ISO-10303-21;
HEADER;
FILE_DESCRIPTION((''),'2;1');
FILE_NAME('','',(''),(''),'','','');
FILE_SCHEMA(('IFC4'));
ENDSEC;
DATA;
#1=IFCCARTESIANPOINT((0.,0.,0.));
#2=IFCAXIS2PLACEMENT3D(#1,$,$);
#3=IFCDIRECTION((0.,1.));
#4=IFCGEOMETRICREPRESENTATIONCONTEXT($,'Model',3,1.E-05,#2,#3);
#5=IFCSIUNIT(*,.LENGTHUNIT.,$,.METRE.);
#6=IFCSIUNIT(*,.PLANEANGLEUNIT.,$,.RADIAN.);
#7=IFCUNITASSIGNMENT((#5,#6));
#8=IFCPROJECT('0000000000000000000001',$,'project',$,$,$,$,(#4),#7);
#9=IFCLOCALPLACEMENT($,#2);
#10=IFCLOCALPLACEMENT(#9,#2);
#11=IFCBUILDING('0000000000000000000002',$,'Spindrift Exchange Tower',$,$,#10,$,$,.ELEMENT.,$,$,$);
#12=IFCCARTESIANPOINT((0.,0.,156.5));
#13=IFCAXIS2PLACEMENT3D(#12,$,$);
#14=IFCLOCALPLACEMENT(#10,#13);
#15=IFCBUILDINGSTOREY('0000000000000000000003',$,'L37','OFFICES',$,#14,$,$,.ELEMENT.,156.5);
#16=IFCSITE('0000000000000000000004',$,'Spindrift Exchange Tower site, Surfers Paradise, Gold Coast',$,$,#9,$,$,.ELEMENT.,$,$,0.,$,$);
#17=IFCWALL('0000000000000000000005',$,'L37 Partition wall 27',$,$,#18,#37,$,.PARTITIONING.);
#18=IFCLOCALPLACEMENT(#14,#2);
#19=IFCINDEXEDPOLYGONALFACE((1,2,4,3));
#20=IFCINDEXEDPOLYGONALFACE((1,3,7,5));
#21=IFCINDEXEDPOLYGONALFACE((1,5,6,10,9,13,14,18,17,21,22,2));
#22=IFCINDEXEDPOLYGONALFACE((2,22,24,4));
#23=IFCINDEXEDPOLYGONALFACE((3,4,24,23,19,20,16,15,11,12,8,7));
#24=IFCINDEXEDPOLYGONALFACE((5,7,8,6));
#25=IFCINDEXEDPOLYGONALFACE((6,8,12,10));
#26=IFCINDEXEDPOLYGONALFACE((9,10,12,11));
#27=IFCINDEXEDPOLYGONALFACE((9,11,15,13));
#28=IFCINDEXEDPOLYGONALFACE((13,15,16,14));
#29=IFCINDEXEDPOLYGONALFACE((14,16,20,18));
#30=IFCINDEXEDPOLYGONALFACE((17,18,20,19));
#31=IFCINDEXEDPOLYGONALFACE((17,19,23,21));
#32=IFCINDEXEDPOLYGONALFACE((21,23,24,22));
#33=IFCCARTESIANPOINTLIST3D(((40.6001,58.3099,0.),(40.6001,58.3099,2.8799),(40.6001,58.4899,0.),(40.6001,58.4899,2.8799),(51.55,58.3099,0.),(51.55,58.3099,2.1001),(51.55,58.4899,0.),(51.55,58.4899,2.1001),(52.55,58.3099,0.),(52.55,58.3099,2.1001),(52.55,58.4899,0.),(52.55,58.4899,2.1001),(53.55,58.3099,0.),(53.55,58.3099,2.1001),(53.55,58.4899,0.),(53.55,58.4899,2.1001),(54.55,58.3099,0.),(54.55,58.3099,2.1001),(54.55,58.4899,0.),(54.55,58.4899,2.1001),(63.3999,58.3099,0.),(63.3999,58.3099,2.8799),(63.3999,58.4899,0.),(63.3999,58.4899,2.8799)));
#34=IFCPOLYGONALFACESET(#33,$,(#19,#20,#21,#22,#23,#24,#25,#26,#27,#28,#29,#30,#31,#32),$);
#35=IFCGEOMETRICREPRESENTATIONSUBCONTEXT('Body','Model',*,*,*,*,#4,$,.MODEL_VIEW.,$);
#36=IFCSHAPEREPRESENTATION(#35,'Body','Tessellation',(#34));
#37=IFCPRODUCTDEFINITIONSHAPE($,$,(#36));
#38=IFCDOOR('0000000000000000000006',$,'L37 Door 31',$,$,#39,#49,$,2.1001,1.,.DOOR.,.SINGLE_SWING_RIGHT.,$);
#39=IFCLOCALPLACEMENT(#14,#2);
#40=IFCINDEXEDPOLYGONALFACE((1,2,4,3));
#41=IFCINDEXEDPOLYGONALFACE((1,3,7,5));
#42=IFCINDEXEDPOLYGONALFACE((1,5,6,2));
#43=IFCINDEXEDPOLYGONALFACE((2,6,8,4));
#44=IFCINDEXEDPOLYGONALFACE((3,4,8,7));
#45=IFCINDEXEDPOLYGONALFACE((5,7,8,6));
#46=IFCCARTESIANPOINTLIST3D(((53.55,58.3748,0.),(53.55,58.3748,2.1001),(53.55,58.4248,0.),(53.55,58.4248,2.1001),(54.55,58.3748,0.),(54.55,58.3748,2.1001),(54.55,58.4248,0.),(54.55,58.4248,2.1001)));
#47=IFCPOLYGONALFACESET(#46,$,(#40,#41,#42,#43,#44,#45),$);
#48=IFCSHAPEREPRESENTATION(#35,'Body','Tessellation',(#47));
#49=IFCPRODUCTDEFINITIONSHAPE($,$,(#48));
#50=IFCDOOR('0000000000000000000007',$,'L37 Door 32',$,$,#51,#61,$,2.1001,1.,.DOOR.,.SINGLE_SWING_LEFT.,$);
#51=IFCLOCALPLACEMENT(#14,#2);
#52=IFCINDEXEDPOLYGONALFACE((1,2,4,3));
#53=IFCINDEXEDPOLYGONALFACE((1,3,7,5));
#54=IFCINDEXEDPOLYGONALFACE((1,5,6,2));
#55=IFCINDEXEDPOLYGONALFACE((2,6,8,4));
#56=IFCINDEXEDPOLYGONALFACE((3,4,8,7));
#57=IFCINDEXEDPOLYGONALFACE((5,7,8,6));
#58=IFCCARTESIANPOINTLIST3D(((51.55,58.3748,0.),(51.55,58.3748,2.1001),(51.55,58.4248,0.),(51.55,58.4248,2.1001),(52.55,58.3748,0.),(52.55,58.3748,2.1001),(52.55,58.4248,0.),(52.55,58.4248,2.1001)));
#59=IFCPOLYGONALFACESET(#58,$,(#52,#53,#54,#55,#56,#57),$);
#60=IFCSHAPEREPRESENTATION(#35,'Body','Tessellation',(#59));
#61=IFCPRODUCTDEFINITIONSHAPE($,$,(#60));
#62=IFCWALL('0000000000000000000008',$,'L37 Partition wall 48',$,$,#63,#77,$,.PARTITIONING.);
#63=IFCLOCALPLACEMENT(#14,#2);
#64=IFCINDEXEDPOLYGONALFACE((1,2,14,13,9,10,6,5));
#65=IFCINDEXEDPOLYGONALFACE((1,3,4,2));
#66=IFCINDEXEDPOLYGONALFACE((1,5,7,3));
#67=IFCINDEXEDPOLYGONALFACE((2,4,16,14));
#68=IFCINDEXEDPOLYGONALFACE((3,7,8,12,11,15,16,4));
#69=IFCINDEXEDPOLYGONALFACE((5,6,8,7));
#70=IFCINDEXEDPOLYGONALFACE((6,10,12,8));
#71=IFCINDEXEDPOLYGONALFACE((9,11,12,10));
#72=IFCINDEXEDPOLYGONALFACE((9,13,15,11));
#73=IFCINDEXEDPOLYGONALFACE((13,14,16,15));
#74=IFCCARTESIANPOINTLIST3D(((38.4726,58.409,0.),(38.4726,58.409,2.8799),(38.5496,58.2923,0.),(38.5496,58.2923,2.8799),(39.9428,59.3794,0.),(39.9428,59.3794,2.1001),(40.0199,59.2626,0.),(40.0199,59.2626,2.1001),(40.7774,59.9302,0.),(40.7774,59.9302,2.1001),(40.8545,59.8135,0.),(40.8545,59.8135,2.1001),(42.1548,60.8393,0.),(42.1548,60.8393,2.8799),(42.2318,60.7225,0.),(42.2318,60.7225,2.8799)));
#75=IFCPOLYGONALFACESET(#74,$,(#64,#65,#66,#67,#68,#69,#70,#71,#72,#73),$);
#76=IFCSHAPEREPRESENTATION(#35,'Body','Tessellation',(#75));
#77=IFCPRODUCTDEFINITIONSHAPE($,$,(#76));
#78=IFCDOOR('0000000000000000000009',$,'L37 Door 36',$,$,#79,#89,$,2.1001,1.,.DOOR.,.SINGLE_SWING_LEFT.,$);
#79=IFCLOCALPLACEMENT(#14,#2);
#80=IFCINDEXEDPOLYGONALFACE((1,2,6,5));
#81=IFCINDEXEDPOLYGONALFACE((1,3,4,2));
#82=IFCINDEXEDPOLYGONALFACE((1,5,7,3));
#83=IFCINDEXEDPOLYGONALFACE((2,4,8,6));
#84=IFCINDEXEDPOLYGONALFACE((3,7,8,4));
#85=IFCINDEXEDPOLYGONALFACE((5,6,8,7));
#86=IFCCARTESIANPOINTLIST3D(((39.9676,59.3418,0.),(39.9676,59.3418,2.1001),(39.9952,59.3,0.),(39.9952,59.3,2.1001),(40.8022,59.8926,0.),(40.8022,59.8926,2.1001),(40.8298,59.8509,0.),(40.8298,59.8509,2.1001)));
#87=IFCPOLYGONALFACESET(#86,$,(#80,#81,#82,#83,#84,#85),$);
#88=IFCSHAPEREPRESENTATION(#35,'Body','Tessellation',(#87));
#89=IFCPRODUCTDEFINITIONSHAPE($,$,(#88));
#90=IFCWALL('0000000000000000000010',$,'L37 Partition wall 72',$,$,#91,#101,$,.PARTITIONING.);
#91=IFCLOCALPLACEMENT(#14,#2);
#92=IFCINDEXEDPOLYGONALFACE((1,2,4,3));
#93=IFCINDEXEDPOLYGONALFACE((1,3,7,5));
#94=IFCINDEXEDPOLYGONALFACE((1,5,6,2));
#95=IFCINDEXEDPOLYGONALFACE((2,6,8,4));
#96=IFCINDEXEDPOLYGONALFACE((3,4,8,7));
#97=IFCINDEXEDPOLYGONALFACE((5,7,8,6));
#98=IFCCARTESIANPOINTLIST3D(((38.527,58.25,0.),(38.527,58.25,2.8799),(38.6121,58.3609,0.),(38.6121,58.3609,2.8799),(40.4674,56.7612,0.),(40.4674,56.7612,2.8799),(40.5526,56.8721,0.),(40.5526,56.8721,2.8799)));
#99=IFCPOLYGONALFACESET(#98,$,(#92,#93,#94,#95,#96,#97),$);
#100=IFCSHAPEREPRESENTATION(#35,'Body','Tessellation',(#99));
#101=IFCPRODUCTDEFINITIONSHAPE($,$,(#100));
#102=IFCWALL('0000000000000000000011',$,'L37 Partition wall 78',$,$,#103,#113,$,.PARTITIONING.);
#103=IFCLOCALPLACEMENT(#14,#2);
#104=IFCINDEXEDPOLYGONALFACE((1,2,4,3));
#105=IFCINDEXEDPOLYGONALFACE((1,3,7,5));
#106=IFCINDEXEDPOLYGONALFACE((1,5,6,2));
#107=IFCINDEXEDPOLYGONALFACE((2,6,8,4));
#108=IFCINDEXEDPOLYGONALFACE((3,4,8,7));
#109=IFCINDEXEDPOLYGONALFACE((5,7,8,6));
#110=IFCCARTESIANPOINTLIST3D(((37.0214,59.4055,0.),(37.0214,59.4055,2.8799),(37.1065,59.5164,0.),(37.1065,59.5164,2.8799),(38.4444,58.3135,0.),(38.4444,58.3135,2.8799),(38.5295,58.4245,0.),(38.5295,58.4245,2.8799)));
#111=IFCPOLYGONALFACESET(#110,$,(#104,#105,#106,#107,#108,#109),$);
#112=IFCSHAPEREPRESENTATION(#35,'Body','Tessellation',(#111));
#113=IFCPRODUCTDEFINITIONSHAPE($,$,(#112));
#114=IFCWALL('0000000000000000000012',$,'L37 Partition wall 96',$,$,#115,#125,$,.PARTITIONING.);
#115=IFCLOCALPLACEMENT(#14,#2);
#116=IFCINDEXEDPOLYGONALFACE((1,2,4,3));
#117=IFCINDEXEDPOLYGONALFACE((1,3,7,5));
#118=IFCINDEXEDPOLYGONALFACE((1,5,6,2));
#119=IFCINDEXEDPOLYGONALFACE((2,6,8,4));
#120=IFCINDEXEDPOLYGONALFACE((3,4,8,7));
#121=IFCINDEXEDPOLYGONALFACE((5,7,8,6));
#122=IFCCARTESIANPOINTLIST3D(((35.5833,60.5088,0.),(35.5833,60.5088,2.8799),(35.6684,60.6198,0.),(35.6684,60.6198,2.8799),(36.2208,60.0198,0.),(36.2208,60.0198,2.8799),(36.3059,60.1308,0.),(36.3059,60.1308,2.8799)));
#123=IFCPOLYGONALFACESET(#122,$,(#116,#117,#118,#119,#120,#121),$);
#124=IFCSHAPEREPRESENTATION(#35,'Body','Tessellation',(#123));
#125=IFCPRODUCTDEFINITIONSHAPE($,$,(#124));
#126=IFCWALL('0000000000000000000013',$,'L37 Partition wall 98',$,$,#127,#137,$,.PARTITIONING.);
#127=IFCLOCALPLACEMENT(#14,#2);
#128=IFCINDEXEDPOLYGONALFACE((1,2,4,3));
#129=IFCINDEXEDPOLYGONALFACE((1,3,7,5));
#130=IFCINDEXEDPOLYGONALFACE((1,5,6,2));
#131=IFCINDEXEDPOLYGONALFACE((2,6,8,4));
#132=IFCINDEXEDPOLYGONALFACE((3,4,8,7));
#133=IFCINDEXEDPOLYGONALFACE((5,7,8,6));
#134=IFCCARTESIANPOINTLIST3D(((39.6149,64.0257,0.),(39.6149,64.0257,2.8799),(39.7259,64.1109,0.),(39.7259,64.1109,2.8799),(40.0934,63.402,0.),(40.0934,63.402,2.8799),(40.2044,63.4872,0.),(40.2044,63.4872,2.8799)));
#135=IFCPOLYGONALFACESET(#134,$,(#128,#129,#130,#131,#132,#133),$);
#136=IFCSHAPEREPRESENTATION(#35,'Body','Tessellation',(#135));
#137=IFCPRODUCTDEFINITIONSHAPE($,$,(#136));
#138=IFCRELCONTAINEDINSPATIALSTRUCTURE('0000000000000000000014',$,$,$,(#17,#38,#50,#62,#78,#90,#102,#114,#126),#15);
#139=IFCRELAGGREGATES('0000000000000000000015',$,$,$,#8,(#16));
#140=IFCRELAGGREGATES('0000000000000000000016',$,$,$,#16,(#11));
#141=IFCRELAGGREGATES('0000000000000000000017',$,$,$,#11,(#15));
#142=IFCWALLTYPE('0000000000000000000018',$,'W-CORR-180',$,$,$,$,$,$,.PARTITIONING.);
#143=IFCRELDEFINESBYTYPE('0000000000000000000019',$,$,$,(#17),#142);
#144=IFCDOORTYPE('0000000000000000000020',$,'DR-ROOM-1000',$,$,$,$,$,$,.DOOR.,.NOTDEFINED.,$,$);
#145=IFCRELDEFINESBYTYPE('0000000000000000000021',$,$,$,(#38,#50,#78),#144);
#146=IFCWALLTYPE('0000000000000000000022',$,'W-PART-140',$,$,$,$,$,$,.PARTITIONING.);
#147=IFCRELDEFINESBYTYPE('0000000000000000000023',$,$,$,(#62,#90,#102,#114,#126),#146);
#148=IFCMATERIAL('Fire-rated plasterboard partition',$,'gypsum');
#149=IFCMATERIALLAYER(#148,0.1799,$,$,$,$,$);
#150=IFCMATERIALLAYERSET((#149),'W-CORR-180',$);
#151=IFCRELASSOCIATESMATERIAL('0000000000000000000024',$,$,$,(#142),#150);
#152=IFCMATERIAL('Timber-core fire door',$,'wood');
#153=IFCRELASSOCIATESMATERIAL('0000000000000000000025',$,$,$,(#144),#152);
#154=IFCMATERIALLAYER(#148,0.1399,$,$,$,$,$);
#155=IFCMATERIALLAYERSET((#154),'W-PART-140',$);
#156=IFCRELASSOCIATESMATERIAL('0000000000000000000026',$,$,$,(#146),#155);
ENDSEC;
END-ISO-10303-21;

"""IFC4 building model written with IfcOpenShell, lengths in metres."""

from ifc_helpers import new_model, si_unit, direction, frame, frame_2d, origin, place, context, subcontext, project, spatial, rectangle, extrude, source, transform, mapped, material, layer, layer_set, type_object, element, fill, save


model = new_model("IFC4")

# Units and contexts
model_context = context("Model", 3, precision=1e-05, world=origin(), true_north=direction((0.0, 1.0)))
body_context = subcontext(model_context, "Body", "Model", "MODEL_VIEW")
ifc_project = project(units=[si_unit("LENGTHUNIT", "METRE"), si_unit("PLANEANGLEUNIT", "RADIAN")], contexts=[model_context])

# Site, building, storey
site_placement = place(None, origin())
site = spatial("IfcSite", under=ifc_project, at=site_placement, Name="Spindrift Exchange Tower site, Surfers Paradise, Gold Coast", CompositionType="ELEMENT", RefElevation=0.0)
building_placement = place(site_placement, origin())
building = spatial("IfcBuilding", under=site, at=building_placement, Name="Spindrift Exchange Tower", CompositionType="ELEMENT")
storey_placement = place(building_placement, frame((0.0, 0.0, 156.5)))
storey = spatial("IfcBuildingStorey", under=building, at=storey_placement, Name="L37", Description="OFFICES", CompositionType="ELEMENT", Elevation=156.5)

# Wall, openings, doors
ifc_material_1 = material(Name="Fire-rated plasterboard partition", Category="gypsum")
ifc_layer_1 = layer(ifc_material_1, 0.1799)
ifc_layer_set_1 = layer_set([ifc_layer_1], Name="W-CORR-180")
wall_type_1 = type_object("IfcWallType", Name="W-CORR-180", PredefinedType="PARTITIONING", material=ifc_layer_set_1)
wall_1_placement = place(storey_placement, frame((40.6001, 58.3999, 0.0), z_axis=(0.0, 0.0, 1.0), x_axis=(1.0, 0.0, 0.0)))
wall_1 = element("IfcWall", 1, at=wall_1_placement, inside=storey, type_object=wall_type_1, Name="L37 Partition wall 27", PredefinedType="PARTITIONING", context=body_context, shape_type="SweptSolid", body=[
    extrude(rectangle(XDim=22.7998, YDim=0.1799, at=frame_2d((11.3999, 0.0))), origin(), (0.0, 0.0, 1.0), 2.8799),
])
opening_1_placement = place(wall_1_placement, frame((12.95, 0.0, 0.0)))
opening_1 = element("IfcOpeningElement", 2, at=opening_1_placement, cuts=wall_1, PredefinedType="OPENING", context=body_context, shape_type="SweptSolid", body=[
    extrude(rectangle(XDim=1.0, YDim=2.1001, at=frame_2d((0.5, 1.05))), frame((0.0, 0.0999, 0.0), z_axis=(0.0, -1.0, 0.0), x_axis=(1.0, 0.0, 0.0)), (0.0, 0.0, 1.0), 0.2),
])
opening_2_placement = place(wall_1_placement, frame((10.95, 0.0, 0.0)))
opening_2 = element("IfcOpeningElement", 3, at=opening_2_placement, cuts=wall_1, PredefinedType="OPENING", context=body_context, shape_type="SweptSolid", body=[
    extrude(rectangle(XDim=1.0, YDim=2.1001, at=frame_2d((0.5, 1.05))), frame((0.0, 0.0999, 0.0), z_axis=(0.0, -1.0, 0.0), x_axis=(1.0, 0.0, 0.0)), (0.0, 0.0, 1.0), 0.2),
])
ifc_material_2 = material(Name="Timber-core fire door", Category="wood")
door_type = type_object("IfcDoorType", Name="DR-ROOM-1000", OperationType="NOTDEFINED", PredefinedType="DOOR", material=ifc_material_2)
shared_shape_1 = source(origin(), body_context, "Body", "SweptSolid", [
    extrude(rectangle(XDim=1.0, YDim=2.1001, at=frame_2d((0.5, 1.05))), frame((0.0, 0.0249, 0.0), z_axis=(0.0, -1.0, 0.0), x_axis=(1.0, 0.0, 0.0)), (0.0, 0.0, 1.0), 0.05),
])
door_1_placement = place(opening_1_placement, origin())
door_1 = element("IfcDoor", 4, at=door_1_placement, inside=storey, type_object=door_type, Name="L37 Door 31", OperationType="SINGLE_SWING_RIGHT", OverallHeight=2.1001, OverallWidth=1.0, PredefinedType="DOOR", context=body_context, shape_type="MappedRepresentation", body=[
    mapped(shared_shape_1, transform((0.0, 0.0, 0.0), scale=1.0)),
])
fill(opening_1, door_1)
door_2_placement = place(opening_2_placement, origin())
door_2 = element("IfcDoor", 5, at=door_2_placement, inside=storey, type_object=door_type, Name="L37 Door 32", OperationType="SINGLE_SWING_LEFT", OverallHeight=2.1001, OverallWidth=1.0, PredefinedType="DOOR", context=body_context, shape_type="MappedRepresentation", body=[
    mapped(shared_shape_1, transform((0.0, 0.0, 0.0), scale=1.0)),
])
fill(opening_2, door_2)

# Wall, opening, door
ifc_layer_2 = layer(ifc_material_1, 0.1399)
ifc_layer_set_2 = layer_set([ifc_layer_2], Name="W-PART-140")
wall_type_2 = type_object("IfcWallType", Name="W-PART-140", PredefinedType="PARTITIONING", material=ifc_layer_set_2)
wall_2_placement = place(storey_placement, frame((38.511, 58.3506, 0.0), z_axis=(0.0, 0.0, 1.0), x_axis=(0.834612, 0.550838, 0.0)))
wall_2 = element("IfcWall", 6, at=wall_2_placement, inside=storey, type_object=wall_type_2, Name="L37 Partition wall 48", PredefinedType="PARTITIONING", context=body_context, shape_type="SweptSolid", body=[
    extrude(rectangle(XDim=4.4119, YDim=0.1399, at=frame_2d((2.2061, 0.0))), origin(), (0.0, 0.0, 1.0), 2.8799),
])
opening_3_placement = place(wall_2_placement, frame((1.7617, 0.0, 0.0)))
opening_3 = element("IfcOpeningElement", 7, at=opening_3_placement, cuts=wall_2, PredefinedType="OPENING", context=body_context, shape_type="SweptSolid", body=[
    extrude(rectangle(XDim=1.0, YDim=2.1001, at=frame_2d((0.5, 1.05))), frame((0.0, 0.0798, 0.0), z_axis=(0.0, -1.0, 0.0), x_axis=(1.0, 0.0, 0.0)), (0.0, 0.0, 1.0), 0.1599),
])
door_3_placement = place(opening_3_placement, origin())
door_3 = element("IfcDoor", 8, at=door_3_placement, inside=storey, type_object=door_type, Name="L37 Door 36", OperationType="SINGLE_SWING_LEFT", OverallHeight=2.1001, OverallWidth=1.0, PredefinedType="DOOR", context=body_context, shape_type="MappedRepresentation", body=[
    mapped(shared_shape_1, transform((0.0, 0.0, 0.0), scale=1.0)),
])
fill(opening_3, door_3)

# Walls
wall_3_placement = place(storey_placement, frame((40.51, 56.8167, 0.0), z_axis=(0.0, 0.0, 1.0), x_axis=(-0.793388, 0.608717, 0.0)))
element("IfcWall", 9, at=wall_3_placement, inside=storey, type_object=wall_type_2, Name="L37 Partition wall 72", PredefinedType="PARTITIONING", context=body_context, shape_type="SweptSolid", body=[
    extrude(rectangle(XDim=2.4458, YDim=0.1399, at=frame_2d((1.2229, 0.0))), origin(), (0.0, 0.0, 1.0), 2.8799),
])
wall_4_placement = place(storey_placement, frame((38.4871, 58.3689, 0.0), z_axis=(0.0, 0.0, 1.0), x_axis=(-0.793337, 0.608783, 0.0)))
element("IfcWall", 10, at=wall_4_placement, inside=storey, type_object=wall_type_2, Name="L37 Partition wall 78", PredefinedType="PARTITIONING", context=body_context, shape_type="SweptSolid", body=[
    extrude(rectangle(XDim=1.7937, YDim=0.1399, at=frame_2d((0.897, 0.0))), origin(), (0.0, 0.0, 1.0), 2.8799),
])
wall_5_placement = place(storey_placement, frame((36.2634, 60.0752, 0.0), z_axis=(0.0, 0.0, 1.0), x_axis=(-0.793425, 0.608668, 0.0)))
element("IfcWall", 11, at=wall_5_placement, inside=storey, type_object=wall_type_2, Name="L37 Partition wall 96", PredefinedType="PARTITIONING", context=body_context, shape_type="SweptSolid", body=[
    extrude(rectangle(XDim=0.8035, YDim=0.1399, at=frame_2d((0.4019, 0.0))), origin(), (0.0, 0.0, 1.0), 2.8799),
])
wall_6_placement = place(storey_placement, frame((40.1489, 63.4446, 0.0), z_axis=(0.0, 0.0, 1.0), x_axis=(-0.60866, 0.793431, 0.0)))
element("IfcWall", 12, at=wall_6_placement, inside=storey, type_object=wall_type_2, Name="L37 Partition wall 98", PredefinedType="PARTITIONING", context=body_context, shape_type="SweptSolid", body=[
    extrude(rectangle(XDim=0.7861, YDim=0.1399, at=frame_2d((0.3931, 0.0))), origin(), (0.0, 0.0, 1.0), 2.8799),
])

save(model, "model.ifc")
